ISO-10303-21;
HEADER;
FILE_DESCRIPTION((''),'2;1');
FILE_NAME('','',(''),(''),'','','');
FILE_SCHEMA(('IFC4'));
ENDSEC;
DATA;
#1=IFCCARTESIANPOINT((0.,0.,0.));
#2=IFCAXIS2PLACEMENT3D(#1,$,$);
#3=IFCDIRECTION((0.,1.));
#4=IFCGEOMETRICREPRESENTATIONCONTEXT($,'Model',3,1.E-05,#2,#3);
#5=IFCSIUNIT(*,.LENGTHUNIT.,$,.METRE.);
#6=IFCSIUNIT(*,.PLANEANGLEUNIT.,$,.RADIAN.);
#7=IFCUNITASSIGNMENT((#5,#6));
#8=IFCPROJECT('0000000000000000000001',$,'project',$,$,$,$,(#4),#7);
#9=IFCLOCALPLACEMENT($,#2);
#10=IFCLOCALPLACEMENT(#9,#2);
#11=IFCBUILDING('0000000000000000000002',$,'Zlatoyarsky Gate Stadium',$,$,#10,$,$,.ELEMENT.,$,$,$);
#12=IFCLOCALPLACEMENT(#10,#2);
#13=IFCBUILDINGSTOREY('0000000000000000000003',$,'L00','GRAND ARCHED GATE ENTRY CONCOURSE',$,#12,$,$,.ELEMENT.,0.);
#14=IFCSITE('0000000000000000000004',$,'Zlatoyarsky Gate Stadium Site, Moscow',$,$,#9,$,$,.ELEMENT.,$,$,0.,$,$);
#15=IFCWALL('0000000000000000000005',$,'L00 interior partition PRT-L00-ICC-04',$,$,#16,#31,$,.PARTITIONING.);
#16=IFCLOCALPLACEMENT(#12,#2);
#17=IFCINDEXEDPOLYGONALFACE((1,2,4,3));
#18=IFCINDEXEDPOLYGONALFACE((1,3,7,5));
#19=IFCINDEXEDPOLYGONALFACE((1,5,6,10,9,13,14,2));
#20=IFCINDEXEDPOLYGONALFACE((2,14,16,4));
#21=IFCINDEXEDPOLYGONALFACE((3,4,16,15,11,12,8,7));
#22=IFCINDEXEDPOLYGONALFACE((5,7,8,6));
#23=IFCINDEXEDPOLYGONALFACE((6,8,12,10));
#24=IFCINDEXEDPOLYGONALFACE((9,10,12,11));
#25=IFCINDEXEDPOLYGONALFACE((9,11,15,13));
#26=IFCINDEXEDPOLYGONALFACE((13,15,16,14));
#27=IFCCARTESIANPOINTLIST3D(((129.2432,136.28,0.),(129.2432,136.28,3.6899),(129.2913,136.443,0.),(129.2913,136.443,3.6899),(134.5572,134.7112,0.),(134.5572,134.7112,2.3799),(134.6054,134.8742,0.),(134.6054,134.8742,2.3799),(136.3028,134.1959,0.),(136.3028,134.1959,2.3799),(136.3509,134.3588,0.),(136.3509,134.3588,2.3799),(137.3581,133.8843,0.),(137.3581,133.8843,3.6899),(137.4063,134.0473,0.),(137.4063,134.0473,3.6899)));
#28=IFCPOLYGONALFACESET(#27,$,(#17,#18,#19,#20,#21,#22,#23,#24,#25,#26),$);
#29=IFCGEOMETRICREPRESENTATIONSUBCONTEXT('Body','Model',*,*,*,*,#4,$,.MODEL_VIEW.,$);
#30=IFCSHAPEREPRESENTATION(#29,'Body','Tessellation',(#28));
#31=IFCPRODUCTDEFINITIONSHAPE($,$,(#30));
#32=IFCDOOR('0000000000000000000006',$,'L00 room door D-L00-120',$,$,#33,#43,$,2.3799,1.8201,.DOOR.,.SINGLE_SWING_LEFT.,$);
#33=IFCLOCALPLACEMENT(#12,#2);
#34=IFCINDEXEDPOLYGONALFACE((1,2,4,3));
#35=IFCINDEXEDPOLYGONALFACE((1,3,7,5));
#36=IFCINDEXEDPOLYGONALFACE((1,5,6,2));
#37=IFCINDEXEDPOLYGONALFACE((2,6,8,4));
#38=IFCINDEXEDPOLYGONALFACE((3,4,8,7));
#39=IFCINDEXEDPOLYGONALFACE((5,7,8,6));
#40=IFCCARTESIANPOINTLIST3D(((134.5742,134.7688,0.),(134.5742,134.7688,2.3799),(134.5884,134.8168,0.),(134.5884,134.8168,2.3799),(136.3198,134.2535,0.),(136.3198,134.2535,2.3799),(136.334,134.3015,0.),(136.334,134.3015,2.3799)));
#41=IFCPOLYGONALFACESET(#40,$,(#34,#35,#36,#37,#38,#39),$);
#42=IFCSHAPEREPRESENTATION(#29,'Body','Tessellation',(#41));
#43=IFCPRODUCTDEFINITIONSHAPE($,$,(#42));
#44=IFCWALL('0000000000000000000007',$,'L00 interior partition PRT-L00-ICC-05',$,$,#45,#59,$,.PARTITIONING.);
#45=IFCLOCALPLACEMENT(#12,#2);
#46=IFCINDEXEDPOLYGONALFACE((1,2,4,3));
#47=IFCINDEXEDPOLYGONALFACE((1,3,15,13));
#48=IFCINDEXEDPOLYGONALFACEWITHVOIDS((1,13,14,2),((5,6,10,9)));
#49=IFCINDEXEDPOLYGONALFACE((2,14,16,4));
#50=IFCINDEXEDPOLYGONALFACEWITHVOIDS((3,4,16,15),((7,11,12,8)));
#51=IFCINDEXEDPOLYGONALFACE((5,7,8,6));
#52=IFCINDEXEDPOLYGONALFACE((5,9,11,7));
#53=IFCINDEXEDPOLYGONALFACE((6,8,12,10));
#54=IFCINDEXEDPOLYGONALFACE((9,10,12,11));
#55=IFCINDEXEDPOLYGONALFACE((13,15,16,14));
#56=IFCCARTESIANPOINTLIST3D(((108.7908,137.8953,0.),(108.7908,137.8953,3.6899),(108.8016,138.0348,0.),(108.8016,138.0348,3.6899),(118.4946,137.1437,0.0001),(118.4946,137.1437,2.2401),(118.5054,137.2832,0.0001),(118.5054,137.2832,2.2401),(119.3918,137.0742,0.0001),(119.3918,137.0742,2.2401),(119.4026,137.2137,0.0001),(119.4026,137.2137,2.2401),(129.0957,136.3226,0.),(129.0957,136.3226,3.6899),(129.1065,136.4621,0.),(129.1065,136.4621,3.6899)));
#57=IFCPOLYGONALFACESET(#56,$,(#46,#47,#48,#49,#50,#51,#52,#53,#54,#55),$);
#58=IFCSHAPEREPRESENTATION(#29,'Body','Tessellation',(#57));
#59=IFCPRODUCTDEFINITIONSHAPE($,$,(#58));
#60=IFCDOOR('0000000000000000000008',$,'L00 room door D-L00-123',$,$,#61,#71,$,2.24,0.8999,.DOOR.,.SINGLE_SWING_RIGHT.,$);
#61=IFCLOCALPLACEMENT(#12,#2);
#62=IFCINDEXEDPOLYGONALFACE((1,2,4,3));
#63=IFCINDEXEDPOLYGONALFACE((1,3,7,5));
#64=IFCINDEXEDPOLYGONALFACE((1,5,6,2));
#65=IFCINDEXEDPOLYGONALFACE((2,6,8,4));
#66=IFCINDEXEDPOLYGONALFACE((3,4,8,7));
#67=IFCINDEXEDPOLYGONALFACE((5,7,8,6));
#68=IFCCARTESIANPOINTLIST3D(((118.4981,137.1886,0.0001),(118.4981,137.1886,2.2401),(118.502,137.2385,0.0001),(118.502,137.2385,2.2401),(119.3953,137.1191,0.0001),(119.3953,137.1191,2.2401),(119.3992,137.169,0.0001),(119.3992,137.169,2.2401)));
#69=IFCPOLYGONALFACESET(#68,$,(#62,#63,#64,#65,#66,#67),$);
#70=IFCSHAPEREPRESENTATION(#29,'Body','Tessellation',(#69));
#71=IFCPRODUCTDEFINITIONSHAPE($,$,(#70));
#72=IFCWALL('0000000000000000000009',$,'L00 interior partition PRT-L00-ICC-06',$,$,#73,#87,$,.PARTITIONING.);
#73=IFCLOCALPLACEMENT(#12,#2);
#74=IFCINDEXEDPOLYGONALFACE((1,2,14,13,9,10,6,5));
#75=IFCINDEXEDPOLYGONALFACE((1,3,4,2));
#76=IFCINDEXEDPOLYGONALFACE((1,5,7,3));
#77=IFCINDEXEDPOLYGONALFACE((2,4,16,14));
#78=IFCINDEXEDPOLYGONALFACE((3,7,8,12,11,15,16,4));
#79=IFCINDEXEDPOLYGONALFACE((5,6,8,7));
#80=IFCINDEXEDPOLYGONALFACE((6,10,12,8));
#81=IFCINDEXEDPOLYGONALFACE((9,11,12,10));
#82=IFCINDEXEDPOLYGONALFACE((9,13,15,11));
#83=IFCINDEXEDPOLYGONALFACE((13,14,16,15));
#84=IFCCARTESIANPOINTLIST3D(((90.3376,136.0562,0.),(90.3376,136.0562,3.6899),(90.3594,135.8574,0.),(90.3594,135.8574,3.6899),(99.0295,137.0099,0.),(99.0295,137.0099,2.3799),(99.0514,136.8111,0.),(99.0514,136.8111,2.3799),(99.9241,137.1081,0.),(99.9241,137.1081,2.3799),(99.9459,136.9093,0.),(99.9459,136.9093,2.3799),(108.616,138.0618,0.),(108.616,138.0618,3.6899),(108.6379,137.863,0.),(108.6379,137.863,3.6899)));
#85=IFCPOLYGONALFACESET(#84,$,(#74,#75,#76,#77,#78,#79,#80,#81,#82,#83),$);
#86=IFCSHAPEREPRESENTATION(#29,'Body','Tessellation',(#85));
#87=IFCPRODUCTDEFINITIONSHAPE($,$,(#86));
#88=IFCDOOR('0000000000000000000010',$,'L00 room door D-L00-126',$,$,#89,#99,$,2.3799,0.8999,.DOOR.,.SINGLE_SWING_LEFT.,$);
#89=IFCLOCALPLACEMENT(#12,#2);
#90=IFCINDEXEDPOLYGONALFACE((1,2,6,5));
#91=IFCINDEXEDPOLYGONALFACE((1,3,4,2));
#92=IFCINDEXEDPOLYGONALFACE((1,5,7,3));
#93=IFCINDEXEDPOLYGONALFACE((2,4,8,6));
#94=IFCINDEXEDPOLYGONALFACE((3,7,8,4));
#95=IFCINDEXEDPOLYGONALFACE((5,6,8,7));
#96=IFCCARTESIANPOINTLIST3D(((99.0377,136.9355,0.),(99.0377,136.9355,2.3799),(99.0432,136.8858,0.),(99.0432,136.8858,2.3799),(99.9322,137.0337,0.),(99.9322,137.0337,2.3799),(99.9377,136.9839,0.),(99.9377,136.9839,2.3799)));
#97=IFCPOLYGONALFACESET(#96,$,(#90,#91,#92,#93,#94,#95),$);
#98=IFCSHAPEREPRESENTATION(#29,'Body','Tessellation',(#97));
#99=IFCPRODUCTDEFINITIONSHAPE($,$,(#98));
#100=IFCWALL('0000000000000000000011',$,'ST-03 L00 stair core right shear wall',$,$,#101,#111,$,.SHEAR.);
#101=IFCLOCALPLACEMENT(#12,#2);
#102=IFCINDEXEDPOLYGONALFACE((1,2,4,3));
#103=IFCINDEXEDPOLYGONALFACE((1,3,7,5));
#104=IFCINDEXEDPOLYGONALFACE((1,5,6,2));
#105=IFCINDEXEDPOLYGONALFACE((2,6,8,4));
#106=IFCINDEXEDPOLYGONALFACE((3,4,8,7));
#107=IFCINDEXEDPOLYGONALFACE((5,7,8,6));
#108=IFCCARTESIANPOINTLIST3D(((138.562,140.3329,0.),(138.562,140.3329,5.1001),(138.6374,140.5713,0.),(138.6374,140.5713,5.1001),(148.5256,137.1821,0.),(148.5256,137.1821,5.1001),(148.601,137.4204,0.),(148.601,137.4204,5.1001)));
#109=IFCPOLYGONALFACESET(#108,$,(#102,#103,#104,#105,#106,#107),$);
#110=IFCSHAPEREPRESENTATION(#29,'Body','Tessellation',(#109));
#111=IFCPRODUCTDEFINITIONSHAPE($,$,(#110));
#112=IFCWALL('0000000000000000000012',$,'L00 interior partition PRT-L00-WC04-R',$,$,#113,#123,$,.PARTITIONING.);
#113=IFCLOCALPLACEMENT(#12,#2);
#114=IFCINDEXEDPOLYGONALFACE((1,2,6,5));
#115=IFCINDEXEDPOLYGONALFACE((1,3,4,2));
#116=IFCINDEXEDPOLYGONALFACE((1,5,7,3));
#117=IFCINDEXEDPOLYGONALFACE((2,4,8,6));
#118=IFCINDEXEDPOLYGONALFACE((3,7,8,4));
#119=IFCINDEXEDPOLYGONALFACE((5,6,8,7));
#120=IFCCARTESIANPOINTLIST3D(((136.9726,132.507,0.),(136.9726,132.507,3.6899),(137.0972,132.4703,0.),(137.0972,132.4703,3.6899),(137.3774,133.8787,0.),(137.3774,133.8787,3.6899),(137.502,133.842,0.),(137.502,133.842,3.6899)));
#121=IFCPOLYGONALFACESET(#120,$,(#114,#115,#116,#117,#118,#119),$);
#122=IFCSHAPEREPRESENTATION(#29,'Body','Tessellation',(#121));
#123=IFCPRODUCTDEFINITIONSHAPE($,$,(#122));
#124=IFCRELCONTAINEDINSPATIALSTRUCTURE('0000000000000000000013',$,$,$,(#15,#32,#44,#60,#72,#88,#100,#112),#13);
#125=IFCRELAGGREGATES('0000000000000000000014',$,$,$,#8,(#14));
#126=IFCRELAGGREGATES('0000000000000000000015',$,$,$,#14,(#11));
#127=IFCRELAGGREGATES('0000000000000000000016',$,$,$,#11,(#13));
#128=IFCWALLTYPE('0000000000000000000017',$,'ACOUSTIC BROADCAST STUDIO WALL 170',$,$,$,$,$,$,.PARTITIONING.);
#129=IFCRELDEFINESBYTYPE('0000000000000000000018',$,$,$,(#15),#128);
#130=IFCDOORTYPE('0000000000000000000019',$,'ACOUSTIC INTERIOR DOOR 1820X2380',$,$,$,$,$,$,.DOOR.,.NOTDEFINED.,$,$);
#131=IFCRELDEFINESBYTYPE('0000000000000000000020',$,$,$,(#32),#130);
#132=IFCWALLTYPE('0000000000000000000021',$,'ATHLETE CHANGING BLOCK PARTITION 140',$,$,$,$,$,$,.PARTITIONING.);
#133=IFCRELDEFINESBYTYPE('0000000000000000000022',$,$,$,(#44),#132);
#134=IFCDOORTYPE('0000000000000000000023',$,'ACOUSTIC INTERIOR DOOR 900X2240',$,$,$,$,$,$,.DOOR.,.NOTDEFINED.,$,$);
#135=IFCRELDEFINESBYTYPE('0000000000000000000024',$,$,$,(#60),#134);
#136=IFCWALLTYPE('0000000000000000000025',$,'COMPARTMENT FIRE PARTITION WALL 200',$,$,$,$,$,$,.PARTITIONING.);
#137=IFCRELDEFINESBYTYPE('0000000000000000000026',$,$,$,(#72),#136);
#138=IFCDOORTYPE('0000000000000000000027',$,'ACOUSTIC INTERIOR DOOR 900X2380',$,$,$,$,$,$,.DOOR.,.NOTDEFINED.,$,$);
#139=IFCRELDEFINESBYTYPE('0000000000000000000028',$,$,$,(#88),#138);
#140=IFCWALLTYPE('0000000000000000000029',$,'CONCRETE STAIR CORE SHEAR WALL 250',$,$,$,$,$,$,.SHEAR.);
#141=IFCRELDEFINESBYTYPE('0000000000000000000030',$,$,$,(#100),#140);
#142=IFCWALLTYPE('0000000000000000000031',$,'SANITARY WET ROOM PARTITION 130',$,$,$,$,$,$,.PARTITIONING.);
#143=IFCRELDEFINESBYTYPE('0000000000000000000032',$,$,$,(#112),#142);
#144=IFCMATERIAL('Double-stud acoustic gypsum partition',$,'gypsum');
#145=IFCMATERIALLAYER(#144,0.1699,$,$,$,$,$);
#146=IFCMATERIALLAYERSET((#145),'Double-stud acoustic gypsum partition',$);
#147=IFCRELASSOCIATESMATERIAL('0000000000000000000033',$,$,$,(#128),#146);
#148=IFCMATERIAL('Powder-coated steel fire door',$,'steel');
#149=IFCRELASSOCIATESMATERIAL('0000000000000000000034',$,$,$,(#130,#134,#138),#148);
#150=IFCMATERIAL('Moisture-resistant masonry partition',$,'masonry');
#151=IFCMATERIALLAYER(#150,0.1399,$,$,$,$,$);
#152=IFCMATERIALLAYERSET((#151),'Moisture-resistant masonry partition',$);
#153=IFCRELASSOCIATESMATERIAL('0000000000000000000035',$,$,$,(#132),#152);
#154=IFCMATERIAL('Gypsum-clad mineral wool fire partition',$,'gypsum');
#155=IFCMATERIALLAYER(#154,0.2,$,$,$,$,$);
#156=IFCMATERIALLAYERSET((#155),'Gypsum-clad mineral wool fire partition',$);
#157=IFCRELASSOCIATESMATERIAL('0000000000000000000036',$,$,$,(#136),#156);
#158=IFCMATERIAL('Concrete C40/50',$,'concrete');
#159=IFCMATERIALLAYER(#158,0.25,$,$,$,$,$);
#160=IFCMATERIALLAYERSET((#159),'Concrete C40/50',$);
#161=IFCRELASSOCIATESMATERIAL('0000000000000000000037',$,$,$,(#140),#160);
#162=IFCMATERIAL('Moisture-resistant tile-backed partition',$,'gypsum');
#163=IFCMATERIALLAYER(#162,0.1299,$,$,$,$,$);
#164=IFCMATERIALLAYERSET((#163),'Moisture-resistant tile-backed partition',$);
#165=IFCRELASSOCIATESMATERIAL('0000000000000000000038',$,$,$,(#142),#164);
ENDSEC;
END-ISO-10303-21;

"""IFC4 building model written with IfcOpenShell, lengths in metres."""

from ifc_helpers import new_model, si_unit, direction, frame, frame_2d, origin, place, context, subcontext, project, spatial, rectangle, extrude, material, layer, layer_set, type_object, element, fill, save


model = new_model("IFC4")

# Units and contexts
model_context = context("Model", 3, precision=1e-05, world=origin(), true_north=direction((0.0, 1.0)))
body_context = subcontext(model_context, "Body", "Model", "MODEL_VIEW")
ifc_project = project(units=[si_unit("LENGTHUNIT", "METRE"), si_unit("PLANEANGLEUNIT", "RADIAN")], contexts=[model_context])

# Site, building, storey
site_placement = place(None, origin())
site = spatial("IfcSite", under=ifc_project, at=site_placement, Name="Zlatoyarsky Gate Stadium Site, Moscow", CompositionType="ELEMENT", RefElevation=0.0)
building_placement = place(site_placement, origin())
building = spatial("IfcBuilding", under=site, at=building_placement, Name="Zlatoyarsky Gate Stadium", CompositionType="ELEMENT")
storey_placement = place(building_placement, origin())
storey = spatial("IfcBuildingStorey", under=building, at=storey_placement, Name="L00", Description="GRAND ARCHED GATE ENTRY CONCOURSE", CompositionType="ELEMENT", Elevation=0.0)

# Shared definitions
ifc_material_1 = material(Name="Concrete C40/50", Category="concrete")

# Walls, openings, doors
ifc_material_2 = material(Name="Double-stud acoustic gypsum partition", Category="gypsum")
ifc_layer_1 = layer(ifc_material_2, 0.1699)
ifc_layer_set_1 = layer_set([ifc_layer_1], Name="Double-stud acoustic gypsum partition")
wall_type_1 = type_object("IfcWallType", Name="ACOUSTIC BROADCAST STUDIO WALL 170", PredefinedType="PARTITIONING", material=ifc_layer_set_1)
wall_1_placement = place(storey_placement, frame((137.3821, 133.9658, 0.0), z_axis=(0.0, 0.0, 1.0), x_axis=(-0.959077, 0.283144, 0.0)))
wall_1 = element("IfcWall", 1, at=wall_1_placement, inside=storey, type_object=wall_type_1, Name="L00 interior partition PRT-L00-ICC-04", PredefinedType="PARTITIONING", context=body_context, shape_type="SweptSolid", body=[
    extrude(rectangle(XDim=8.4612, YDim=0.1699, at=frame_2d((4.2305, 0.0))), origin(), (0.0, 0.0, 1.0), 3.6899),
])
opening_1_placement = place(wall_1_placement, frame((1.1001, 0.0, 0.0)))
opening_1 = element("IfcOpeningElement", 2, at=opening_1_placement, cuts=wall_1, PredefinedType="OPENING", context=body_context, shape_type="SweptSolid", body=[
    extrude(rectangle(XDim=1.8201, YDim=2.3799, at=frame_2d((0.9102, 1.1899))), frame((0.0, 0.095, 0.0), z_axis=(0.0, -1.0, 0.0), x_axis=(1.0, 0.0, 0.0)), (0.0, 0.0, 1.0), 0.1899),
])
ifc_material_3 = material(Name="Powder-coated steel fire door", Category="steel")
door_type_1 = type_object("IfcDoorType", Name="ACOUSTIC INTERIOR DOOR 1820X2380", OperationType="NOTDEFINED", PredefinedType="DOOR", material=ifc_material_3)
door_1_placement = place(opening_1_placement, origin())
door_1 = element("IfcDoor", 3, at=door_1_placement, inside=storey, type_object=door_type_1, Name="L00 room door D-L00-120", OperationType="SINGLE_SWING_LEFT", OverallHeight=2.3799, OverallWidth=1.8201, PredefinedType="DOOR", context=body_context, shape_type="SweptSolid", body=[
    extrude(rectangle(XDim=1.8201, YDim=2.3799, at=frame_2d((0.9102, 1.1899))), frame((0.0, 0.0249, 0.0), z_axis=(0.0, -1.0, 0.0), x_axis=(1.0, 0.0, 0.0)), (0.0, 0.0, 1.0), 0.05),
])
fill(opening_1, door_1)
ifc_material_4 = material(Name="Moisture-resistant masonry partition", Category="masonry")
ifc_layer_2 = layer(ifc_material_4, 0.1399)
ifc_layer_set_2 = layer_set([ifc_layer_2], Name="Moisture-resistant masonry partition")
wall_type_2 = type_object("IfcWallType", Name="ATHLETE CHANGING BLOCK PARTITION 140", PredefinedType="PARTITIONING", material=ifc_layer_set_2)
wall_2_placement = place(storey_placement, frame((129.1011, 136.3923, 0.0), z_axis=(0.0, 0.0, 1.0), x_axis=(-0.997014, 0.077225, 0.0)))
wall_2 = element("IfcWall", 4, at=wall_2_placement, inside=storey, type_object=wall_type_2, Name="L00 interior partition PRT-L00-ICC-05", PredefinedType="PARTITIONING", context=body_context, shape_type="SweptSolid", body=[
    extrude(rectangle(XDim=20.3657, YDim=0.1399, at=frame_2d((10.1829, 0.0))), origin(), (0.0, 0.0, 1.0), 3.6899),
])
opening_2_placement = place(wall_2_placement, frame((9.7329, 0.0, 0.0)))
opening_2 = element("IfcOpeningElement", 5, at=opening_2_placement, cuts=wall_2, PredefinedType="OPENING", context=body_context, shape_type="SweptSolid", body=[
    extrude(rectangle(XDim=0.8999, YDim=2.24, at=frame_2d((0.45, 1.1201))), frame((0.0, 0.0798, 0.0), z_axis=(0.0, -1.0, 0.0), x_axis=(1.0, 0.0, 0.0)), (0.0, 0.0, 1.0), 0.1599),
])
door_type_2 = type_object("IfcDoorType", Name="ACOUSTIC INTERIOR DOOR 900X2240", OperationType="NOTDEFINED", PredefinedType="DOOR", material=ifc_material_3)
door_2_placement = place(opening_2_placement, origin())
door_2 = element("IfcDoor", 6, at=door_2_placement, inside=storey, type_object=door_type_2, Name="L00 room door D-L00-123", OperationType="SINGLE_SWING_RIGHT", OverallHeight=2.24, OverallWidth=0.8999, PredefinedType="DOOR", context=body_context, shape_type="SweptSolid", body=[
    extrude(rectangle(XDim=0.8999, YDim=2.24, at=frame_2d((0.45, 1.1201))), frame((0.0, 0.0249, 0.0), z_axis=(0.0, -1.0, 0.0), x_axis=(1.0, 0.0, 0.0)), (0.0, 0.0, 1.0), 0.05),
])
fill(opening_2, door_2)
ifc_material_5 = material(Name="Gypsum-clad mineral wool fire partition", Category="gypsum")
ifc_layer_3 = layer(ifc_material_5, 0.2)
ifc_layer_set_3 = layer_set([ifc_layer_3], Name="Gypsum-clad mineral wool fire partition")
wall_type_3 = type_object("IfcWallType", Name="COMPARTMENT FIRE PARTITION WALL 200", PredefinedType="PARTITIONING", material=ifc_layer_set_3)
wall_3_placement = place(storey_placement, frame((108.627, 137.9624, 0.0), z_axis=(0.0, 0.0, 1.0), x_axis=(-0.994034, -0.10907, 0.0)))
wall_3 = element("IfcWall", 7, at=wall_3_placement, inside=storey, type_object=wall_type_3, Name="L00 interior partition PRT-L00-ICC-06", PredefinedType="PARTITIONING", context=body_context, shape_type="SweptSolid", body=[
    extrude(rectangle(XDim=18.3882, YDim=0.2, at=frame_2d((9.1941, 0.0))), origin(), (0.0, 0.0, 1.0), 3.6899),
])
opening_3_placement = place(wall_3_placement, frame((8.7441, 0.0, 0.0)))
opening_3 = element("IfcOpeningElement", 8, at=opening_3_placement, cuts=wall_3, PredefinedType="OPENING", context=body_context, shape_type="SweptSolid", body=[
    extrude(rectangle(XDim=0.8999, YDim=2.3799, at=frame_2d((0.45, 1.1899))), frame((0.0, 0.1099, 0.0), z_axis=(0.0, -1.0, 0.0), x_axis=(1.0, 0.0, 0.0)), (0.0, 0.0, 1.0), 0.22),
])
door_type_3 = type_object("IfcDoorType", Name="ACOUSTIC INTERIOR DOOR 900X2380", OperationType="NOTDEFINED", PredefinedType="DOOR", material=ifc_material_3)
door_3_placement = place(opening_3_placement, origin())
door_3 = element("IfcDoor", 9, at=door_3_placement, inside=storey, type_object=door_type_3, Name="L00 room door D-L00-126", OperationType="SINGLE_SWING_LEFT", OverallHeight=2.3799, OverallWidth=0.8999, PredefinedType="DOOR", context=body_context, shape_type="SweptSolid", body=[
    extrude(rectangle(XDim=0.8999, YDim=2.3799, at=frame_2d((0.45, 1.1899))), frame((0.0, 0.0249, 0.0), z_axis=(0.0, -1.0, 0.0), x_axis=(1.0, 0.0, 0.0)), (0.0, 0.0, 1.0), 0.05),
])
fill(opening_3, door_3)

# Walls
ifc_layer_4 = layer(ifc_material_1, 0.25)
ifc_layer_set_4 = layer_set([ifc_layer_4], Name="Concrete C40/50")
wall_type_4 = type_object("IfcWallType", Name="CONCRETE STAIR CORE SHEAR WALL 250", PredefinedType="SHEAR", material=ifc_layer_set_4)
wall_4_placement = place(storey_placement, frame((138.5996, 140.4521, 0.0), z_axis=(0.0, 0.0, 1.0), x_axis=(0.95346, -0.30152, 0.0)))
element("IfcWall", 10, at=wall_4_placement, inside=storey, type_object=wall_type_4, Name="ST-03 L00 stair core right shear wall", PredefinedType="SHEAR", context=body_context, shape_type="SweptSolid", body=[
    extrude(rectangle(XDim=10.45, YDim=0.25, at=frame_2d((5.2251, 0.0))), origin(), (0.0, 0.0, 1.0), 5.1001),
])
ifc_material_6 = material(Name="Moisture-resistant tile-backed partition", Category="gypsum")
ifc_layer_5 = layer(ifc_material_6, 0.1299)
ifc_layer_set_5 = layer_set([ifc_layer_5], Name="Moisture-resistant tile-backed partition")
wall_type_5 = type_object("IfcWallType", Name="SANITARY WET ROOM PARTITION 130", PredefinedType="PARTITIONING", material=ifc_layer_set_5)
wall_5_placement = place(storey_placement, frame((137.4397, 133.8604, 0.0), z_axis=(0.0, 0.0, 1.0), x_axis=(-0.283054, -0.959104, 0.0)))
element("IfcWall", 11, at=wall_5_placement, inside=storey, type_object=wall_type_5, Name="L00 interior partition PRT-L00-WC04-R", PredefinedType="PARTITIONING", context=body_context, shape_type="SweptSolid", body=[
    extrude(rectangle(XDim=1.4302, YDim=0.1299, at=frame_2d((0.7151, 0.0))), origin(), (0.0, 0.0, 1.0), 3.6899),
])

save(model, "model.ifc")
